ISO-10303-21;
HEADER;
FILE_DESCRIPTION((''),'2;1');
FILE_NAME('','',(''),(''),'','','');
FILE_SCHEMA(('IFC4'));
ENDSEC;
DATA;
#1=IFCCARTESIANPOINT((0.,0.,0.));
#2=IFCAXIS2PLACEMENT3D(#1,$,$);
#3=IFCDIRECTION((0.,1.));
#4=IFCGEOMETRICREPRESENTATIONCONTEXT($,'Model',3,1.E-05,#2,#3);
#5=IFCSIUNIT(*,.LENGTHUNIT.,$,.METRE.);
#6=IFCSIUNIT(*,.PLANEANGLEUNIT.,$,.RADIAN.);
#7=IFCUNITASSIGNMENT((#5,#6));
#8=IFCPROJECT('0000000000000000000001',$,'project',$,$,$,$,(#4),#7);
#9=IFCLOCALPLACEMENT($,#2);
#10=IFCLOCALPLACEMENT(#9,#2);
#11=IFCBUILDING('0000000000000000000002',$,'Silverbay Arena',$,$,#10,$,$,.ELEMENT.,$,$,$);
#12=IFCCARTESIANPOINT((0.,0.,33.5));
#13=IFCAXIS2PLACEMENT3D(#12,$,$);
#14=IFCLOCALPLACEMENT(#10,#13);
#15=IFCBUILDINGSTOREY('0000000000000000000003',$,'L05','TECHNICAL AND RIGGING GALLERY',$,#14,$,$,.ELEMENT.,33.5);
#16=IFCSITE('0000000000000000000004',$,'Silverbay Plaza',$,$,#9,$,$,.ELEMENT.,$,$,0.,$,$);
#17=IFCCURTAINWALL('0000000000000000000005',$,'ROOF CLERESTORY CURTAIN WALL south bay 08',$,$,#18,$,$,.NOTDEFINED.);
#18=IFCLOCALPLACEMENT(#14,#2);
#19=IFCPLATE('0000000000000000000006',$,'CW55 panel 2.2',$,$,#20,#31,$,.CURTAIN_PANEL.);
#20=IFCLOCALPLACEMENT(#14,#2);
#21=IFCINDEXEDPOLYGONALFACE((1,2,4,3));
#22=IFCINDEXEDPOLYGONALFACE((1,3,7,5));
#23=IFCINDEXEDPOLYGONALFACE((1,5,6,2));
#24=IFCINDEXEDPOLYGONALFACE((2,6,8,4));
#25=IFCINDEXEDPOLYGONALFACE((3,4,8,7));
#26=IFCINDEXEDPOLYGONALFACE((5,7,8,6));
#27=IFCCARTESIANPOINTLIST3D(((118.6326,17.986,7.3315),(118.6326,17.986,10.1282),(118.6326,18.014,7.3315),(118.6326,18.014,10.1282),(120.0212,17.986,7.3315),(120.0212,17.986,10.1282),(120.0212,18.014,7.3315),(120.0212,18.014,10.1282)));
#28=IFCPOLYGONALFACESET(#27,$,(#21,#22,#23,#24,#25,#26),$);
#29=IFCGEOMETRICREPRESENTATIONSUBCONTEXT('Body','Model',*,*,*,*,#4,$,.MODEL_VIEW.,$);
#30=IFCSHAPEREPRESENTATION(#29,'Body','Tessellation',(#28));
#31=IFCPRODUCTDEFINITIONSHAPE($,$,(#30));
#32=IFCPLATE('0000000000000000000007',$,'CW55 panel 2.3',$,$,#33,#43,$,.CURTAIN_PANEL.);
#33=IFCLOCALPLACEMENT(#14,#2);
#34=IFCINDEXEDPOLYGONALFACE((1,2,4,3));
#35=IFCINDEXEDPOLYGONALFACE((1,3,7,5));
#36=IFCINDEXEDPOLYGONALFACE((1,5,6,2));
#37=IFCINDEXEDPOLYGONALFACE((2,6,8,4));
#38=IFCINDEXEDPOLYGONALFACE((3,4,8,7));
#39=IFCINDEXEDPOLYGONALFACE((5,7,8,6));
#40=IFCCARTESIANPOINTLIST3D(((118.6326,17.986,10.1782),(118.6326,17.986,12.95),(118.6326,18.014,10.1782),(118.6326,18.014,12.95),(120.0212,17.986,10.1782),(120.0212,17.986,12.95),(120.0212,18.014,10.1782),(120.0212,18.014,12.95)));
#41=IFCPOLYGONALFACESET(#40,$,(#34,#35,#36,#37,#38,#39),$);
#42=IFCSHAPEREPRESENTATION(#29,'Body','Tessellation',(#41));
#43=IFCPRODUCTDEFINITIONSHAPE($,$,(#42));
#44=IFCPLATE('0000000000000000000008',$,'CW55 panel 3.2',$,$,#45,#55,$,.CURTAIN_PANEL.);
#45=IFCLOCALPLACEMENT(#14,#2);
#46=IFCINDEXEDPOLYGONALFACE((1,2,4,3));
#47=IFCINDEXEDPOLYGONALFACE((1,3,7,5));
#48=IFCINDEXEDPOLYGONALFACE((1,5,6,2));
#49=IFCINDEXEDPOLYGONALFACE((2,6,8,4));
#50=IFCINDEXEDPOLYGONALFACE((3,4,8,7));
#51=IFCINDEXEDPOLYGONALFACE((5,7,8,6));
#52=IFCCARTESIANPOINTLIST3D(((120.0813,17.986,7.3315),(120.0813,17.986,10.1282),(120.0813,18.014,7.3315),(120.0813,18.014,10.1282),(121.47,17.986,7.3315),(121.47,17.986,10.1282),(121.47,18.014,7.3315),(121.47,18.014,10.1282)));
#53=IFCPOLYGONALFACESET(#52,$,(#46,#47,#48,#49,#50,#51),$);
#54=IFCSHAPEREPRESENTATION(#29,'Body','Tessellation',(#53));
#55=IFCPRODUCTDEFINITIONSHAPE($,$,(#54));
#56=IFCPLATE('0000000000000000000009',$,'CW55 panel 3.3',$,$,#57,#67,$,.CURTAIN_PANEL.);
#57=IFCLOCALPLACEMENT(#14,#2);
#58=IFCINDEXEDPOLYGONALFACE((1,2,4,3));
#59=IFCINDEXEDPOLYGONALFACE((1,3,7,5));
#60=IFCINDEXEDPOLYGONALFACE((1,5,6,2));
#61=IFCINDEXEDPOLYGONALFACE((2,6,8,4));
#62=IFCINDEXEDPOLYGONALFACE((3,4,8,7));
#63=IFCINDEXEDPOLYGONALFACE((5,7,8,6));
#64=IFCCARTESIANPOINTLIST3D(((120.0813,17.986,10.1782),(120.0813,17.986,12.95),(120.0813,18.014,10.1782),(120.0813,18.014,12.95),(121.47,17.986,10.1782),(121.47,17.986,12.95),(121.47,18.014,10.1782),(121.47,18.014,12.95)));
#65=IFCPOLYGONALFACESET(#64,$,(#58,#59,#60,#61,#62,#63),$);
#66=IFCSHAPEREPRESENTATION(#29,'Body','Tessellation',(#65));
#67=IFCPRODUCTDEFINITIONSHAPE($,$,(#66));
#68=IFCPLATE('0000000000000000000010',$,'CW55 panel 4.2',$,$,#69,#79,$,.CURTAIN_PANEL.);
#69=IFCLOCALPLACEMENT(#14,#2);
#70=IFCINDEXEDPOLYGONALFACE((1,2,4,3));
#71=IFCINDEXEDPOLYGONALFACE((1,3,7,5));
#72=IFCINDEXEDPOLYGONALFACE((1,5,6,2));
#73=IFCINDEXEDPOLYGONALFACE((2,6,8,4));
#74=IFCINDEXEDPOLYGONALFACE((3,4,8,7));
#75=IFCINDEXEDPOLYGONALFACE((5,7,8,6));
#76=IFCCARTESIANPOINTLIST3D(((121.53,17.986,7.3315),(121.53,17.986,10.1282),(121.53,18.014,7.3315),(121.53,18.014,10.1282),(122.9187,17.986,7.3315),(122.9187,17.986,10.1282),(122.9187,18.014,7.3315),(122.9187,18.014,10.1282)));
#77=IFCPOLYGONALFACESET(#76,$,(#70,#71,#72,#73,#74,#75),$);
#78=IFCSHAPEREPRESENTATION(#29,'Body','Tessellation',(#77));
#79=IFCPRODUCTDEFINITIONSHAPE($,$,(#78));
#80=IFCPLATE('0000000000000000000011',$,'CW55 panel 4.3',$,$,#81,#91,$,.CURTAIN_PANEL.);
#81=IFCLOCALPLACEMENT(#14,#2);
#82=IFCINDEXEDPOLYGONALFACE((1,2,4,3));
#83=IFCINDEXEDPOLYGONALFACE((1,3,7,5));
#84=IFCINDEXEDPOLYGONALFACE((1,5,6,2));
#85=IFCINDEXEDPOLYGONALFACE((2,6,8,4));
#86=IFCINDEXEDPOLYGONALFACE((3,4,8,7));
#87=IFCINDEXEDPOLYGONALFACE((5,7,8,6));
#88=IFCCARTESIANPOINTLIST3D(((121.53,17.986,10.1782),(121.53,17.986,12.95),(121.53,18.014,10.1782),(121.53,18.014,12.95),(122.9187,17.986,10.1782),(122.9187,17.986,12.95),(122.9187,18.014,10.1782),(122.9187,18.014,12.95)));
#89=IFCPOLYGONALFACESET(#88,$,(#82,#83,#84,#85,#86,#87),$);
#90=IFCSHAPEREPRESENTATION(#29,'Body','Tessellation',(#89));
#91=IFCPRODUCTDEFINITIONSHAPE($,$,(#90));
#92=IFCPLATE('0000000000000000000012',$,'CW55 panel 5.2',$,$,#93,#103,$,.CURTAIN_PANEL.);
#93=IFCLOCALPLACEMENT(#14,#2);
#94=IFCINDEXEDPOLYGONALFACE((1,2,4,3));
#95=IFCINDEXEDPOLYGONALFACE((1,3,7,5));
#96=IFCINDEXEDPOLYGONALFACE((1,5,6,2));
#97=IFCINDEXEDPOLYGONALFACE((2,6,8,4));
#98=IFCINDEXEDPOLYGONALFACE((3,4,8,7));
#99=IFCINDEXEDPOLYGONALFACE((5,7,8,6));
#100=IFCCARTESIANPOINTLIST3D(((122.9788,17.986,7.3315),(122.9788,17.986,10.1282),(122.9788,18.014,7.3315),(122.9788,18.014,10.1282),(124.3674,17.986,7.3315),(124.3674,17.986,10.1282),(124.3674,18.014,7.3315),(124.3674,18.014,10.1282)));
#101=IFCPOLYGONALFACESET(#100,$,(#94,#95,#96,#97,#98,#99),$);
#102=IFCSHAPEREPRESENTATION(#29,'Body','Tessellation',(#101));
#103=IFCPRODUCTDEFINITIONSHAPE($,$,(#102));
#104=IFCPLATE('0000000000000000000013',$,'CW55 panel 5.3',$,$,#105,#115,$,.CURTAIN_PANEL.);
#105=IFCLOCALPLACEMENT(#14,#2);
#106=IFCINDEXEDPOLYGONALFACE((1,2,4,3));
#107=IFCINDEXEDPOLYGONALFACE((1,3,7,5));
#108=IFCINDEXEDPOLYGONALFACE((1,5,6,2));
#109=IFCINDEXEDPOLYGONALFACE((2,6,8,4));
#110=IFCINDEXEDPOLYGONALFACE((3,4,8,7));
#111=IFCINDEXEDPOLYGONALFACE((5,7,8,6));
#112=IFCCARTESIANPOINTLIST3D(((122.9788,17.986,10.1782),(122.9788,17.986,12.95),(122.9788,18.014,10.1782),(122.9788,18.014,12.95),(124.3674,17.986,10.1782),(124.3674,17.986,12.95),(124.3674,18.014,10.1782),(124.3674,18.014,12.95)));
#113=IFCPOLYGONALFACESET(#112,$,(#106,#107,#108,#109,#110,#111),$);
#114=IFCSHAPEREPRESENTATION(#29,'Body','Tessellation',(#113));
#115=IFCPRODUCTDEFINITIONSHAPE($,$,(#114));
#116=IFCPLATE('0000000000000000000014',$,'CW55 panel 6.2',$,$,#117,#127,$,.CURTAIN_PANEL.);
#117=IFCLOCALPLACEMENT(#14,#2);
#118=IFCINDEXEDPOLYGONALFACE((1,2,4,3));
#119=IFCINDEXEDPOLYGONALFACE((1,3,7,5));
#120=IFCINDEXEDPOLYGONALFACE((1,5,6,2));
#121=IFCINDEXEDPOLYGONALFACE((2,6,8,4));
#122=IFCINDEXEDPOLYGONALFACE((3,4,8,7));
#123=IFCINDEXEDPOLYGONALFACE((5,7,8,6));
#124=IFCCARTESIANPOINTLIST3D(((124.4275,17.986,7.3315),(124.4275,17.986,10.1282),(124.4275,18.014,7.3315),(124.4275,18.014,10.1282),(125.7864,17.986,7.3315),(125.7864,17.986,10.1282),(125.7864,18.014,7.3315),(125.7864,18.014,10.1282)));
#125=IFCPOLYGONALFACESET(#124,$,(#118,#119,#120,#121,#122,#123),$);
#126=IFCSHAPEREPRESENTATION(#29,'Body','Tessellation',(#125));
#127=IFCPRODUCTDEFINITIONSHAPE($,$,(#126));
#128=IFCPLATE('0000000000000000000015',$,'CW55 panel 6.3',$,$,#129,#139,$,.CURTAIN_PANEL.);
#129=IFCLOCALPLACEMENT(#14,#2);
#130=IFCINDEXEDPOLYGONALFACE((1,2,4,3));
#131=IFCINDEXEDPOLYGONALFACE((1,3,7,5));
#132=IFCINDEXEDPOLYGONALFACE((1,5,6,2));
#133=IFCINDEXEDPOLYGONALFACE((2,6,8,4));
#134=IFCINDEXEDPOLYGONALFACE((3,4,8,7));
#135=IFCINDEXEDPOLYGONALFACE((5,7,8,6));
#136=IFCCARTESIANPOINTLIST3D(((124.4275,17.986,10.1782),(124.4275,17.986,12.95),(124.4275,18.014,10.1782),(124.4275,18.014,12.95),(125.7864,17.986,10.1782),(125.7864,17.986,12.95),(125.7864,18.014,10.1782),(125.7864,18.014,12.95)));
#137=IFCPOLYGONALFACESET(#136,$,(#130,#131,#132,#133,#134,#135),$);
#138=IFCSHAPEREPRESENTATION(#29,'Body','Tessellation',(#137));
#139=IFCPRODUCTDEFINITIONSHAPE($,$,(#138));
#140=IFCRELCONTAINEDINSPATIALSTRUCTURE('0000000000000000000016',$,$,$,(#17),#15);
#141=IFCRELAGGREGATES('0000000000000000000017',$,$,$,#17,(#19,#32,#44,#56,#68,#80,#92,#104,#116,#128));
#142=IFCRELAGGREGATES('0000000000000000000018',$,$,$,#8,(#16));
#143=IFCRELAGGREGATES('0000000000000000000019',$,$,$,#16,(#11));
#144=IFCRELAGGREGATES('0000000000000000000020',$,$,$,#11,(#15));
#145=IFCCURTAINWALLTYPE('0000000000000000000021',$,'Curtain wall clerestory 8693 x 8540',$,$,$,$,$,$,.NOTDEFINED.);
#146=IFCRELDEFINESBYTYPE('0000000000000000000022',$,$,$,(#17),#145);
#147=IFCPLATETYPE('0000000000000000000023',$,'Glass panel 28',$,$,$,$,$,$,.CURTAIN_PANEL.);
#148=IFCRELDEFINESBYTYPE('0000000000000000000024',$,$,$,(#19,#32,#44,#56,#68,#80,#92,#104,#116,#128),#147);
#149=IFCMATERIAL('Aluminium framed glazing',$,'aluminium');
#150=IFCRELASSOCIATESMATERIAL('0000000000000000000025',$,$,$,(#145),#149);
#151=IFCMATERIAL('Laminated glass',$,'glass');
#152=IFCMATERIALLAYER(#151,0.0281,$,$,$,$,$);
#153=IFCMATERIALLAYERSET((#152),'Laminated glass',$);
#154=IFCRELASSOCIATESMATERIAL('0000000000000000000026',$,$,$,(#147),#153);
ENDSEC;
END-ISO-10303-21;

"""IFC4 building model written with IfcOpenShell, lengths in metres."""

from ifc_helpers import new_model, si_unit, direction, frame, origin, origin_2d, place, context, subcontext, project, spatial, rectangle, extrude, material, layer, layer_set, type_object, element, aggregate, save


model = new_model("IFC4")

# Units and contexts
model_context = context("Model", 3, precision=1e-05, world=origin(), true_north=direction((0.0, 1.0)))
body_context = subcontext(model_context, "Body", "Model", "MODEL_VIEW")
ifc_project = project(units=[si_unit("LENGTHUNIT", "METRE"), si_unit("PLANEANGLEUNIT", "RADIAN")], contexts=[model_context])

# Site, building, storey
site_placement = place(None, origin())
site = spatial("IfcSite", under=ifc_project, at=site_placement, Name="Silverbay Plaza", CompositionType="ELEMENT", RefElevation=0.0)
building_placement = place(site_placement, origin())
building = spatial("IfcBuilding", under=site, at=building_placement, Name="Silverbay Arena", CompositionType="ELEMENT")
storey_placement = place(building_placement, frame((0.0, 0.0, 33.5)))
storey = spatial("IfcBuildingStorey", under=building, at=storey_placement, Name="L05", Description="TECHNICAL AND RIGGING GALLERY", CompositionType="ELEMENT", Elevation=33.5)

# Curtain wall, plates
ifc_material_1 = material(Name="Aluminium framed glazing", Category="aluminium")
curtain_wall_type = type_object("IfcCurtainWallType", Name="Curtain wall clerestory 8693 x 8540", PredefinedType="NOTDEFINED", material=ifc_material_1)
curtain_wall_placement = place(storey_placement, origin())
curtain_wall = element("IfcCurtainWall", 1, at=curtain_wall_placement, inside=storey, type_object=curtain_wall_type, Name="ROOF CLERESTORY CURTAIN WALL south bay 08", PredefinedType="NOTDEFINED")
ifc_material_2 = material(Name="Laminated glass", Category="glass")
ifc_layer = layer(ifc_material_2, 0.0281)
ifc_layer_set = layer_set([ifc_layer], Name="Laminated glass")
plate_type = type_object("IfcPlateType", Name="Glass panel 28", PredefinedType="CURTAIN_PANEL", material=ifc_layer_set)
plate_1_placement = place(storey_placement, frame((119.3269, 18.0, 7.3315), z_axis=(0.0, 0.0, 1.0), x_axis=(1.0, 0.0, 0.0)))
plate_1 = element("IfcPlate", 2, at=plate_1_placement, type_object=plate_type, Name="CW55 panel 2.2", PredefinedType="CURTAIN_PANEL", context=body_context, shape_type="SweptSolid", body=[
    extrude(rectangle(XDim=1.3887, YDim=0.0281, at=origin_2d()), origin(), (0.0, 0.0, 1.0), 2.7966),
])
plate_2_placement = place(storey_placement, frame((119.3269, 18.0, 10.1782), z_axis=(0.0, 0.0, 1.0), x_axis=(1.0, 0.0, 0.0)))
plate_2 = element("IfcPlate", 3, at=plate_2_placement, type_object=plate_type, Name="CW55 panel 2.3", PredefinedType="CURTAIN_PANEL", context=body_context, shape_type="SweptSolid", body=[
    extrude(rectangle(XDim=1.3887, YDim=0.0281, at=origin_2d()), origin(), (0.0, 0.0, 1.0), 2.7717),
])
plate_3_placement = place(storey_placement, frame((120.7756, 18.0, 7.3315), z_axis=(0.0, 0.0, 1.0), x_axis=(1.0, 0.0, 0.0)))
plate_3 = element("IfcPlate", 4, at=plate_3_placement, type_object=plate_type, Name="CW55 panel 3.2", PredefinedType="CURTAIN_PANEL", context=body_context, shape_type="SweptSolid", body=[
    extrude(rectangle(XDim=1.3887, YDim=0.0281, at=origin_2d()), origin(), (0.0, 0.0, 1.0), 2.7966),
])
plate_4_placement = place(storey_placement, frame((120.7756, 18.0, 10.1782), z_axis=(0.0, 0.0, 1.0), x_axis=(1.0, 0.0, 0.0)))
plate_4 = element("IfcPlate", 5, at=plate_4_placement, type_object=plate_type, Name="CW55 panel 3.3", PredefinedType="CURTAIN_PANEL", context=body_context, shape_type="SweptSolid", body=[
    extrude(rectangle(XDim=1.3887, YDim=0.0281, at=origin_2d()), origin(), (0.0, 0.0, 1.0), 2.7717),
])
plate_5_placement = place(storey_placement, frame((122.2244, 18.0, 7.3315), z_axis=(0.0, 0.0, 1.0), x_axis=(1.0, 0.0, 0.0)))
plate_5 = element("IfcPlate", 6, at=plate_5_placement, type_object=plate_type, Name="CW55 panel 4.2", PredefinedType="CURTAIN_PANEL", context=body_context, shape_type="SweptSolid", body=[
    extrude(rectangle(XDim=1.3887, YDim=0.0281, at=origin_2d()), origin(), (0.0, 0.0, 1.0), 2.7966),
])
plate_6_placement = place(storey_placement, frame((122.2244, 18.0, 10.1782), z_axis=(0.0, 0.0, 1.0), x_axis=(1.0, 0.0, 0.0)))
plate_6 = element("IfcPlate", 7, at=plate_6_placement, type_object=plate_type, Name="CW55 panel 4.3", PredefinedType="CURTAIN_PANEL", context=body_context, shape_type="SweptSolid", body=[
    extrude(rectangle(XDim=1.3887, YDim=0.0281, at=origin_2d()), origin(), (0.0, 0.0, 1.0), 2.7717),
])
plate_7_placement = place(storey_placement, frame((123.6731, 18.0, 7.3315), z_axis=(0.0, 0.0, 1.0), x_axis=(1.0, 0.0, 0.0)))
plate_7 = element("IfcPlate", 8, at=plate_7_placement, type_object=plate_type, Name="CW55 panel 5.2", PredefinedType="CURTAIN_PANEL", context=body_context, shape_type="SweptSolid", body=[
    extrude(rectangle(XDim=1.3887, YDim=0.0281, at=origin_2d()), origin(), (0.0, 0.0, 1.0), 2.7966),
])
plate_8_placement = place(storey_placement, frame((123.6731, 18.0, 10.1782), z_axis=(0.0, 0.0, 1.0), x_axis=(1.0, 0.0, 0.0)))
plate_8 = element("IfcPlate", 9, at=plate_8_placement, type_object=plate_type, Name="CW55 panel 5.3", PredefinedType="CURTAIN_PANEL", context=body_context, shape_type="SweptSolid", body=[
    extrude(rectangle(XDim=1.3887, YDim=0.0281, at=origin_2d()), origin(), (0.0, 0.0, 1.0), 2.7717),
])
plate_9_placement = place(storey_placement, frame((125.1069, 18.0, 7.3315), z_axis=(0.0, 0.0, 1.0), x_axis=(1.0, 0.0, 0.0)))
plate_9 = element("IfcPlate", 10, at=plate_9_placement, type_object=plate_type, Name="CW55 panel 6.2", PredefinedType="CURTAIN_PANEL", context=body_context, shape_type="SweptSolid", body=[
    extrude(rectangle(XDim=1.3589, YDim=0.0281, at=origin_2d()), origin(), (0.0, 0.0, 1.0), 2.7966),
])
plate_10_placement = place(storey_placement, frame((125.1069, 18.0, 10.1782), z_axis=(0.0, 0.0, 1.0), x_axis=(1.0, 0.0, 0.0)))
plate_10 = element("IfcPlate", 11, at=plate_10_placement, type_object=plate_type, Name="CW55 panel 6.3", PredefinedType="CURTAIN_PANEL", context=body_context, shape_type="SweptSolid", body=[
    extrude(rectangle(XDim=1.3589, YDim=0.0281, at=origin_2d()), origin(), (0.0, 0.0, 1.0), 2.7717),
])
aggregate(curtain_wall, [plate_1, plate_2, plate_3, plate_4, plate_5, plate_6, plate_7, plate_8, plate_9, plate_10])

save(model, "model.ifc")
